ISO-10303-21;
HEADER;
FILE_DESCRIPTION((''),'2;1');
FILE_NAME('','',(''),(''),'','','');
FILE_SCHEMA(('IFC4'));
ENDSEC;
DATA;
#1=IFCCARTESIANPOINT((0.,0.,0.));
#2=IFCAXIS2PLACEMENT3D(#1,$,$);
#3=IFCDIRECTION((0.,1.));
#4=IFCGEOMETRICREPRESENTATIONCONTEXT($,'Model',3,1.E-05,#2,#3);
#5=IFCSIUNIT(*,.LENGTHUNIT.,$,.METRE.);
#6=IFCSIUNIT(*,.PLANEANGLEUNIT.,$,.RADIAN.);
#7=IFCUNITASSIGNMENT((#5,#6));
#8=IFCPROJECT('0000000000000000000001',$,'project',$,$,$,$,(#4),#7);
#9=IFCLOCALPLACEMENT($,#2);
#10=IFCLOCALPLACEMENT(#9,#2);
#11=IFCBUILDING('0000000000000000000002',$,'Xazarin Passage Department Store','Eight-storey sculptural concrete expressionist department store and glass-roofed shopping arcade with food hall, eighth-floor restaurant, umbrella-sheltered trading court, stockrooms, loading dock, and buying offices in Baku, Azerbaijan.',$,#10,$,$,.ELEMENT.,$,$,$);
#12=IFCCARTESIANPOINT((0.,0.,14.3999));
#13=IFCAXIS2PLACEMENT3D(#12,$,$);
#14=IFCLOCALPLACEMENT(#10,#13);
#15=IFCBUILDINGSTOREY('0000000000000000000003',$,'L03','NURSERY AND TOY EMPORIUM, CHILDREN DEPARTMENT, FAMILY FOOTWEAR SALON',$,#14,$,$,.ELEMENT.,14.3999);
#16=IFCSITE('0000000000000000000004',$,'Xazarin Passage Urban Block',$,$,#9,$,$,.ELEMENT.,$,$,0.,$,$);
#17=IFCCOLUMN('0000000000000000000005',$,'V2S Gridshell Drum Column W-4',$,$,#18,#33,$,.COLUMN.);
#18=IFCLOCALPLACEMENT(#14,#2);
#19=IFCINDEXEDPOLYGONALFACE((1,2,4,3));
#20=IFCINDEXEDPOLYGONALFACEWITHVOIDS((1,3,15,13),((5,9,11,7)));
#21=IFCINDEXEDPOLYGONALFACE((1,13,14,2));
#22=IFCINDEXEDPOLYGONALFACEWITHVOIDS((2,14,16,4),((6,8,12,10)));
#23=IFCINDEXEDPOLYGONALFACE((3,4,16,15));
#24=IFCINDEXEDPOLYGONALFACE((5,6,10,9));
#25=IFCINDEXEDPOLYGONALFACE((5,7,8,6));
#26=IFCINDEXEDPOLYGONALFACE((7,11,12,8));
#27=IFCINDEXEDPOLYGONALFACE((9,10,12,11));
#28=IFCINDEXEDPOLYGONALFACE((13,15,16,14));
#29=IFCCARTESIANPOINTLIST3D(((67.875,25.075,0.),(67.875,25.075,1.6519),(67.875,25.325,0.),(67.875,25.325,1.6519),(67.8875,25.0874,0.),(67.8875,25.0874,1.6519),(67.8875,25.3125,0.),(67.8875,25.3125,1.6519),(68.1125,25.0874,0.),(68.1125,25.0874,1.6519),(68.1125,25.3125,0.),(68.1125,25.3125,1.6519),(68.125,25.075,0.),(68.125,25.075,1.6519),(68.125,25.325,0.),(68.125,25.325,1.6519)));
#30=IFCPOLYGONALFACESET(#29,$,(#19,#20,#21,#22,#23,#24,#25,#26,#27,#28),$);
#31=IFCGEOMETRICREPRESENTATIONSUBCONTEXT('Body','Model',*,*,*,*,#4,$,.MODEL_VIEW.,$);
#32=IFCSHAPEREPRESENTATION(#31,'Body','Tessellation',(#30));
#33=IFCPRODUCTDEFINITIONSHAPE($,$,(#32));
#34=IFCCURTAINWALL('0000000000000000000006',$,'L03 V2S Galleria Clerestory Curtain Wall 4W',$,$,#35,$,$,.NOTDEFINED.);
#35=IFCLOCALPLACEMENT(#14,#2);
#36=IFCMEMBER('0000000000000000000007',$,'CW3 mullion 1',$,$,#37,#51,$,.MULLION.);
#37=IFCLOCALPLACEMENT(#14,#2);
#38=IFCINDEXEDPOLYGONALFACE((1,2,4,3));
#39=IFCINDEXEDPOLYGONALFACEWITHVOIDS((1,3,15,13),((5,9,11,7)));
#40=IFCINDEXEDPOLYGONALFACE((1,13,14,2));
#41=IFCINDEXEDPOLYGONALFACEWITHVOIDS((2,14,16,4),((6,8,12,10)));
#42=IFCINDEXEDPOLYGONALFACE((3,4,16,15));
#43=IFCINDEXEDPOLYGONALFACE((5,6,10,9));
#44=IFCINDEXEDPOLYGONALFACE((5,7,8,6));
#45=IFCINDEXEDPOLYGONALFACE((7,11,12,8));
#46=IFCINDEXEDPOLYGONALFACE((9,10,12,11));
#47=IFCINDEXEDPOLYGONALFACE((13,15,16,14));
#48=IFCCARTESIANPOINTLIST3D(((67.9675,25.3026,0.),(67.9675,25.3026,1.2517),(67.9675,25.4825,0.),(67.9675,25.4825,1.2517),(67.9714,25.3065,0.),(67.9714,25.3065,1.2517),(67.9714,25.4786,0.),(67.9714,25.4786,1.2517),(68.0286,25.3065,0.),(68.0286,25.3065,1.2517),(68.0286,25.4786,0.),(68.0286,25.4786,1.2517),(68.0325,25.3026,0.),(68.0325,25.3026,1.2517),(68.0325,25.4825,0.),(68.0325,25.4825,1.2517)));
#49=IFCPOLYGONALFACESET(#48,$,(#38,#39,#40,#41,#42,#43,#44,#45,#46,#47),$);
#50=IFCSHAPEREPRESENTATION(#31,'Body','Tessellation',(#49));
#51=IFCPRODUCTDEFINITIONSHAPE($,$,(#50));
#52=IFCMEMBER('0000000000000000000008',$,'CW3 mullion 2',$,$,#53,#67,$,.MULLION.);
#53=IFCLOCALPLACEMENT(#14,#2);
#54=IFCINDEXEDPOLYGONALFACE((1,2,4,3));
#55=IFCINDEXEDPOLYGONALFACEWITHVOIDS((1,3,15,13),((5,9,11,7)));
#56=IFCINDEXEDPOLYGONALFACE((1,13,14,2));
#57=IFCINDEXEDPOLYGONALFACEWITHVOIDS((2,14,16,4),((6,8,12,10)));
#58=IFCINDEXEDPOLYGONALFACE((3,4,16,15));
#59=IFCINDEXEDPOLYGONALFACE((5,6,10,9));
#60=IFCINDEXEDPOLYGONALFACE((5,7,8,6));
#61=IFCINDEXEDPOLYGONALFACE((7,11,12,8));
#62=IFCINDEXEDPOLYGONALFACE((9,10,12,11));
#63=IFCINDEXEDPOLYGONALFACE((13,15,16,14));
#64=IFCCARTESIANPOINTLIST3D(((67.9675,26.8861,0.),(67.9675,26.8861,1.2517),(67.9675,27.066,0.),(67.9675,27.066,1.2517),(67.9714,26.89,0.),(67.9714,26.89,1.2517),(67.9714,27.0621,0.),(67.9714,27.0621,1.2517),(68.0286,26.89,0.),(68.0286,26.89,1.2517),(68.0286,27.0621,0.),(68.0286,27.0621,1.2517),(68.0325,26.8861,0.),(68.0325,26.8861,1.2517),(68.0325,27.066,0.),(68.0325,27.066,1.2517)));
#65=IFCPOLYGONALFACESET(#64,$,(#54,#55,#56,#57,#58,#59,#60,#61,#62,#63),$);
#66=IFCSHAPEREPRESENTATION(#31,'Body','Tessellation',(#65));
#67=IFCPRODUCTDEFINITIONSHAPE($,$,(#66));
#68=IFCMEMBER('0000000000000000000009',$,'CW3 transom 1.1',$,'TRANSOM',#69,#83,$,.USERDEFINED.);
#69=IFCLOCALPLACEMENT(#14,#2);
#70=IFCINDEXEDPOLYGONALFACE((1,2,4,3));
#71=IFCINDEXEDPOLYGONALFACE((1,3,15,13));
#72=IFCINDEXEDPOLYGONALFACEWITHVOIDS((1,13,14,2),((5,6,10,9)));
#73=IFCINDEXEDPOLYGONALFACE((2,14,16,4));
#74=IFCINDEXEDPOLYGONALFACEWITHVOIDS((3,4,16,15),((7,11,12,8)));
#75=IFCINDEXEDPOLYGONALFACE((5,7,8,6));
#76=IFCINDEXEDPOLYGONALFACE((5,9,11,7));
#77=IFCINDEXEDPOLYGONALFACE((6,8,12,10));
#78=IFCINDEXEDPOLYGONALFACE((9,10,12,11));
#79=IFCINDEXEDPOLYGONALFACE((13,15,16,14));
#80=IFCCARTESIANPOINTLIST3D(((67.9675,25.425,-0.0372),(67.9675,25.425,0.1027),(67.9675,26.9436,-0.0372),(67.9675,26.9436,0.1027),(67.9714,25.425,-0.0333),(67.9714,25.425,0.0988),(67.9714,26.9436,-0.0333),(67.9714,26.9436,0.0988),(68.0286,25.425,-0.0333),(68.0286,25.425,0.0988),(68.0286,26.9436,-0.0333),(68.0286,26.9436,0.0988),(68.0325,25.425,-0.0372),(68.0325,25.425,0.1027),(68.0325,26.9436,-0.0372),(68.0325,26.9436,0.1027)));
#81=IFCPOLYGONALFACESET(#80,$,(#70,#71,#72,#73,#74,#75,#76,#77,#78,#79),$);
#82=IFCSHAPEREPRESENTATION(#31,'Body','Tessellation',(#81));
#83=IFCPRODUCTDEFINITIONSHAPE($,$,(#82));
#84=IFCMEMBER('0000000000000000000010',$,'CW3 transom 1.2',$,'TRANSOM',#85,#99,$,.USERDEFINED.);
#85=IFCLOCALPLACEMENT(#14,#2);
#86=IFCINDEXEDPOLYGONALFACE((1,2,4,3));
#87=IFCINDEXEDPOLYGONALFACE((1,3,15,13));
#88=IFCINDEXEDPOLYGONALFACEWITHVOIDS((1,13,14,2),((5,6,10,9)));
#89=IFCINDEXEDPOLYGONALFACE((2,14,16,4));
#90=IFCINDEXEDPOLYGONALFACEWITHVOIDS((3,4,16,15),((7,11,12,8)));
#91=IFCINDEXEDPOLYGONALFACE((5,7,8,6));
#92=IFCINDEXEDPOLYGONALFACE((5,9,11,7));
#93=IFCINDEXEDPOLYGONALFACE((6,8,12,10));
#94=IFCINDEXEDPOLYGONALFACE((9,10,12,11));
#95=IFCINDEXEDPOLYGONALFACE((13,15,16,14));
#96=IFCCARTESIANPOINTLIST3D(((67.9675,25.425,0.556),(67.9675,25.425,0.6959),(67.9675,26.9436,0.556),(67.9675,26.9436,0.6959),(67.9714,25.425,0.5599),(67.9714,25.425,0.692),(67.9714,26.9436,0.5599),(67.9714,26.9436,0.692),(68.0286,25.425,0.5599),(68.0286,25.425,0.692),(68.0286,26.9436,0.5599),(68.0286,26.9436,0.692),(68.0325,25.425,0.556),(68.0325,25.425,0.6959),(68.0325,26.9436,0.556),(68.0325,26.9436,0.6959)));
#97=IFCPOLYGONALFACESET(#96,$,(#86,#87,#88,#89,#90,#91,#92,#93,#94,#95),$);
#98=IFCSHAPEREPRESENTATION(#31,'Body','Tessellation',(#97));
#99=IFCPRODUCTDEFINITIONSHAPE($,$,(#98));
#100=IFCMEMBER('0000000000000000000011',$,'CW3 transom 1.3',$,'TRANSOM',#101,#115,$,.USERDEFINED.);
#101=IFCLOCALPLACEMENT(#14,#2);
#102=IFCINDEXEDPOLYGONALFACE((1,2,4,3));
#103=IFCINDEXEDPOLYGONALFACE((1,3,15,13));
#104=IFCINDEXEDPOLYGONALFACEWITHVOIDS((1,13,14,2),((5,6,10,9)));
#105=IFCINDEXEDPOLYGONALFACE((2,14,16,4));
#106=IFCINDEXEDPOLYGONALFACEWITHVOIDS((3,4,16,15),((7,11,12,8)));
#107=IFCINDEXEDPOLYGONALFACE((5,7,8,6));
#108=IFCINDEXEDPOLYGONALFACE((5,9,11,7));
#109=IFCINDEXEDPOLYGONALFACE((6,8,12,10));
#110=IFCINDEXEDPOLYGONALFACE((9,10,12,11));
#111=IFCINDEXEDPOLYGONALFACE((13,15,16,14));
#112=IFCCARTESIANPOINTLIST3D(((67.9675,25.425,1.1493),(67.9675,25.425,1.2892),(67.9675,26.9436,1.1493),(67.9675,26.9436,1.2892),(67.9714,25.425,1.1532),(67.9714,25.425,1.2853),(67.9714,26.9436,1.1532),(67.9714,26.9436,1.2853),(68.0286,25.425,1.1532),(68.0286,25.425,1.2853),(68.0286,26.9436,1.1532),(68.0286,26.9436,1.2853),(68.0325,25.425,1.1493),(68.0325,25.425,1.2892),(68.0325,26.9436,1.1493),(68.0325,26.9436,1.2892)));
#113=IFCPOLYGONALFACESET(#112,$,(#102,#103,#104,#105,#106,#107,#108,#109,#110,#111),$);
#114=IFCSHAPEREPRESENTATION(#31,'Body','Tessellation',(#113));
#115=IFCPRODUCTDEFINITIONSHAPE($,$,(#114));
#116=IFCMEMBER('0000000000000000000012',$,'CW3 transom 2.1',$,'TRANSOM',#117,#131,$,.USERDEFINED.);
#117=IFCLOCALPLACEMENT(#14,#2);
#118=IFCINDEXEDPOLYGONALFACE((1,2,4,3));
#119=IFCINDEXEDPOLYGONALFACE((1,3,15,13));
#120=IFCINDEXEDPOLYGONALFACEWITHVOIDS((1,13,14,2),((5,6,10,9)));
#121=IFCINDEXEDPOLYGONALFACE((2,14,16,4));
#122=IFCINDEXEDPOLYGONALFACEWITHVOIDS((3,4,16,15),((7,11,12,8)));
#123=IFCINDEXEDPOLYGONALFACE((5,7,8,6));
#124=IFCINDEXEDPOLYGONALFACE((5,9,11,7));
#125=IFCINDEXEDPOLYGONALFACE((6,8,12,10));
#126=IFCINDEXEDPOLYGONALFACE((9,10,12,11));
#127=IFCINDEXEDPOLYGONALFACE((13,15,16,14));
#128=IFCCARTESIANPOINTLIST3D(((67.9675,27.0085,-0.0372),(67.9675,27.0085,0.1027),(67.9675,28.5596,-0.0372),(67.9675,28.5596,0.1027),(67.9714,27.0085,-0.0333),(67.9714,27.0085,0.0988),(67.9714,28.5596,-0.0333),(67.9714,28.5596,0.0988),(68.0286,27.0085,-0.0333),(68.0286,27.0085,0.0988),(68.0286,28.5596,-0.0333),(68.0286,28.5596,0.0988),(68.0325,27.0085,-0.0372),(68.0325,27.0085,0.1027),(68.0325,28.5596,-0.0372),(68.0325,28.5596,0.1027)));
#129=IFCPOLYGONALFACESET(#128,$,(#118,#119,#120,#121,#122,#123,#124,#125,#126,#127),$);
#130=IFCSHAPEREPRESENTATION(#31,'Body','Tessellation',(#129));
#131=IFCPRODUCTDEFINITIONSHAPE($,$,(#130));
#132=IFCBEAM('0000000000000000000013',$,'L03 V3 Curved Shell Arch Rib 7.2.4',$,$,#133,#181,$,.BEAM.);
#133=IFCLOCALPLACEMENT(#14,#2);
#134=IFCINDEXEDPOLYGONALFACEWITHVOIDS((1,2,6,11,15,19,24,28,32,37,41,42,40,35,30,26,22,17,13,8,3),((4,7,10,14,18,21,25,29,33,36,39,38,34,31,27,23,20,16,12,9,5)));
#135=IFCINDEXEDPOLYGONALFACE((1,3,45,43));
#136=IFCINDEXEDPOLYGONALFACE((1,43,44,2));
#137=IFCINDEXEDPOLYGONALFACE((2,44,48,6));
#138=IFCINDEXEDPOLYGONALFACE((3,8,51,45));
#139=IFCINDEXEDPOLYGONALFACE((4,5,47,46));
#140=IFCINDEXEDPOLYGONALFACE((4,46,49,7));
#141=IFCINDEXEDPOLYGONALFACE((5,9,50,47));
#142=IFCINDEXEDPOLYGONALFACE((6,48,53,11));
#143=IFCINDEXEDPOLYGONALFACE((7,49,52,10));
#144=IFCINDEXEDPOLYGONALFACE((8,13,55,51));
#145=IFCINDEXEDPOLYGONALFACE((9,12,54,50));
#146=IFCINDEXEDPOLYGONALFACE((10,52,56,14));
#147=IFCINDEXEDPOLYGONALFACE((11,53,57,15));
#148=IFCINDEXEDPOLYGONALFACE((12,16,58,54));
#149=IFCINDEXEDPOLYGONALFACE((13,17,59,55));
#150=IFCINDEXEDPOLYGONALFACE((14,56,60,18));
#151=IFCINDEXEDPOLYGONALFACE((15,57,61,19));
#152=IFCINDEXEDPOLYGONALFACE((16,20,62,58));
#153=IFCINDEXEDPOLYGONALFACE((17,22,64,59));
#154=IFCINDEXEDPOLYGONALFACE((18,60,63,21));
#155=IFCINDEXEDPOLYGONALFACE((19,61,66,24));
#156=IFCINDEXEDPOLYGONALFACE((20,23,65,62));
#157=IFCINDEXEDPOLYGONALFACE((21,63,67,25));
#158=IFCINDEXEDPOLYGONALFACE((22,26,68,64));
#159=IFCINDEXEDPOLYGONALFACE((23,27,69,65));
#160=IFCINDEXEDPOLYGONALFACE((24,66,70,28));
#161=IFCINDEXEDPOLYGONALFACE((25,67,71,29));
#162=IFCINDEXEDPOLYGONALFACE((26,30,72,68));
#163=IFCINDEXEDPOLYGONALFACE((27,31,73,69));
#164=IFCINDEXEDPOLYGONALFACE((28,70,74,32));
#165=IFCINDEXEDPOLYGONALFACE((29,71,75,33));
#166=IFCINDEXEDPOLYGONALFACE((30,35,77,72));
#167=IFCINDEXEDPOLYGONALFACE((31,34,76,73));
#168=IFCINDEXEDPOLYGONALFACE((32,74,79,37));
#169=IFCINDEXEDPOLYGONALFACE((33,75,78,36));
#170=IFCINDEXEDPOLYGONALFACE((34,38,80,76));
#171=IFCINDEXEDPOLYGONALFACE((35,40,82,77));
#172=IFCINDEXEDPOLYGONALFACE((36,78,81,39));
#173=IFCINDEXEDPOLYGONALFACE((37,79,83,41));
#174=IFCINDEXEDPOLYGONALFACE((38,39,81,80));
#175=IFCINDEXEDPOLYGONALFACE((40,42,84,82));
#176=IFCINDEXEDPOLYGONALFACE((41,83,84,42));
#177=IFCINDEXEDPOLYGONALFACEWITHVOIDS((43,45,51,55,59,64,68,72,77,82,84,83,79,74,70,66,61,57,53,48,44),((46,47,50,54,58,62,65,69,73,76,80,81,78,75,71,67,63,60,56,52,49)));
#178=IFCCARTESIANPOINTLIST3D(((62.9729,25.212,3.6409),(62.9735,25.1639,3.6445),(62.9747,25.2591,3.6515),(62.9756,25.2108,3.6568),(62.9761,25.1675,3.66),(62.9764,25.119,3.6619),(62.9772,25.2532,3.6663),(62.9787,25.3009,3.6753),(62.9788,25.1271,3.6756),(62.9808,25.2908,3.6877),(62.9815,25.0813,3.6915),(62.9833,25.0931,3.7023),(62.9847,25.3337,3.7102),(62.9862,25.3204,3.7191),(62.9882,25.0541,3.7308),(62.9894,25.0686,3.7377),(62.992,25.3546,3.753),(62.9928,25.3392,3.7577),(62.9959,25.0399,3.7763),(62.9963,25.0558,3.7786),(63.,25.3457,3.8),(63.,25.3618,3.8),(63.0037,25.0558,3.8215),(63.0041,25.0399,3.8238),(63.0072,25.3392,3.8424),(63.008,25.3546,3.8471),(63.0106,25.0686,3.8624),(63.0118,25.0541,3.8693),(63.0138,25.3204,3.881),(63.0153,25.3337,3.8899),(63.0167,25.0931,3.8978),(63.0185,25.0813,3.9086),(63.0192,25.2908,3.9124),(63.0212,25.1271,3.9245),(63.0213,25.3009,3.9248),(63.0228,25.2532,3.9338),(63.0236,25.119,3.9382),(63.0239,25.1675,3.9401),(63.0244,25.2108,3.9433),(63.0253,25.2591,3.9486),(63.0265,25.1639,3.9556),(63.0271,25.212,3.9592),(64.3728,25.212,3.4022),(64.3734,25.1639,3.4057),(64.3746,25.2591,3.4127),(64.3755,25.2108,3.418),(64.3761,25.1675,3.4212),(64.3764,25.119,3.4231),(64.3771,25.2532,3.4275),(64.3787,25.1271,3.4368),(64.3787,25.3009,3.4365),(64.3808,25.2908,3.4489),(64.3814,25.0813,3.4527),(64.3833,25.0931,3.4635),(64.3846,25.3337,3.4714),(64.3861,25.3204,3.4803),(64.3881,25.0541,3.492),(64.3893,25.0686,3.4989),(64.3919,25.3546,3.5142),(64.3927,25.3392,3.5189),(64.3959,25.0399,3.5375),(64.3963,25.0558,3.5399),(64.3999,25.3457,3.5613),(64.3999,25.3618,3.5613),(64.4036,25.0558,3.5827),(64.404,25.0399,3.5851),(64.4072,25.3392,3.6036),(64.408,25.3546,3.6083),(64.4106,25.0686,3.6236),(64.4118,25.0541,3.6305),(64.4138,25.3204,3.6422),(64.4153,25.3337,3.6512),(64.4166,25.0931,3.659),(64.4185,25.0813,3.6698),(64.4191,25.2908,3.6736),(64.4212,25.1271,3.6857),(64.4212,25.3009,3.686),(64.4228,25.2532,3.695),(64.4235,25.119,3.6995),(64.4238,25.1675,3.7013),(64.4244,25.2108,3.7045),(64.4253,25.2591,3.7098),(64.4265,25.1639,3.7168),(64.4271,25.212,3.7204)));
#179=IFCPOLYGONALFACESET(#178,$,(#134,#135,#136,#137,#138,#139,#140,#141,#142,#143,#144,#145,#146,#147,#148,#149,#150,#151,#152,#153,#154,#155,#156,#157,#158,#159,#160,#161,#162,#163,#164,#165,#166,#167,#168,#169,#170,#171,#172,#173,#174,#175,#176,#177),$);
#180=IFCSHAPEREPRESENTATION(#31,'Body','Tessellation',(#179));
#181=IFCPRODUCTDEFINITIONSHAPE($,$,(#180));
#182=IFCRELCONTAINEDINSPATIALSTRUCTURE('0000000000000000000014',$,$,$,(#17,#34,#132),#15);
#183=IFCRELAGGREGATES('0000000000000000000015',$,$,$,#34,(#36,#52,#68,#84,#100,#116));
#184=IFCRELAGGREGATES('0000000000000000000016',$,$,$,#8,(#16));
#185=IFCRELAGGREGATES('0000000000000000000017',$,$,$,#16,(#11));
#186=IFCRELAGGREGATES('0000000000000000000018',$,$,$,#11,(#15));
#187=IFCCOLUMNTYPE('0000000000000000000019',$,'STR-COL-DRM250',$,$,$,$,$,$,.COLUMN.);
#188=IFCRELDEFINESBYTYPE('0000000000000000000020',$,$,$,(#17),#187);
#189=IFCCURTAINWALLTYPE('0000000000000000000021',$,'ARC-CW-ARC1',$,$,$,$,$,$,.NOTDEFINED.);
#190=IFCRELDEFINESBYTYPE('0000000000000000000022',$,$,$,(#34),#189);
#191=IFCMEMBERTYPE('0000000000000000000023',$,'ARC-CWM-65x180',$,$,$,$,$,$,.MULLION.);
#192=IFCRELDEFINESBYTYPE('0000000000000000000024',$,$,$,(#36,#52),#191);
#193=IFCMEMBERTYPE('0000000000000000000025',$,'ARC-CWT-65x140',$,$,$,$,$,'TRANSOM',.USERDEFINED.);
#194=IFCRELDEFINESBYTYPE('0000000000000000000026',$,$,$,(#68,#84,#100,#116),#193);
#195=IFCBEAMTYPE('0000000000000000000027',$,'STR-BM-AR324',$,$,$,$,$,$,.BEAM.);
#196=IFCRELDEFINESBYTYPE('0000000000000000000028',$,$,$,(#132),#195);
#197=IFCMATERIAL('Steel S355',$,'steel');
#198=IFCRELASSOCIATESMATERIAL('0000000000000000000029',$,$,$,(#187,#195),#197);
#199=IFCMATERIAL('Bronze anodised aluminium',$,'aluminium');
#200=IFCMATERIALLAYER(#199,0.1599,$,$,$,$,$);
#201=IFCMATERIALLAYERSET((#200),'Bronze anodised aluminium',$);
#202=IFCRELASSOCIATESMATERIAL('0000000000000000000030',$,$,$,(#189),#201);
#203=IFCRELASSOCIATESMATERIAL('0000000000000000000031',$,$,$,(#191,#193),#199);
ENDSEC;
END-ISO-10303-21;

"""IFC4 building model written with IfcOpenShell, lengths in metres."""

from ifc_helpers import new_model, si_unit, direction, frame, origin, origin_2d, place, context, subcontext, project, spatial, hollow_rectangle, hollow_circle, extrude, material, layer, layer_set, material_profile, profile_set, type_object, element, aggregate, save


model = new_model("IFC4")

# Units and contexts
model_context = context("Model", 3, precision=1e-05, world=origin(), true_north=direction((0.0, 1.0)))
body_context = subcontext(model_context, "Body", "Model", "MODEL_VIEW")
ifc_project = project(units=[si_unit("LENGTHUNIT", "METRE"), si_unit("PLANEANGLEUNIT", "RADIAN")], contexts=[model_context])

# Site, building, storey
site_placement = place(None, origin())
site = spatial("IfcSite", under=ifc_project, at=site_placement, Name="Xazarin Passage Urban Block", CompositionType="ELEMENT", RefElevation=0.0)
building_placement = place(site_placement, origin())
building = spatial("IfcBuilding", under=site, at=building_placement, Name="Xazarin Passage Department Store", Description="Eight-storey sculptural concrete expressionist department store and glass-roofed shopping arcade with food hall, eighth-floor restaurant, umbrella-sheltered trading court, stockrooms, loading dock, and buying offices in Baku, Azerbaijan.", CompositionType="ELEMENT")
storey_placement = place(building_placement, frame((0.0, 0.0, 14.3999)))
storey = spatial("IfcBuildingStorey", under=building, at=storey_placement, Name="L03", Description="NURSERY AND TOY EMPORIUM, CHILDREN DEPARTMENT, FAMILY FOOTWEAR SALON", CompositionType="ELEMENT", Elevation=14.3999)

# Column
ifc_material_1 = material(Name="Steel S355", Category="steel")
ifc_material_profile_1 = material_profile(ifc_material_1, hollow_rectangle(XDim=0.25, YDim=0.25, WallThickness=0.0125, at=origin_2d()), Name="SHS 250x250x12.5")
ifc_profile_set_1 = profile_set([ifc_material_profile_1], Name="Steel S355")
column_type = type_object("IfcColumnType", Name="STR-COL-DRM250", PredefinedType="COLUMN", material=ifc_profile_set_1)
column_placement = place(storey_placement, frame((68.0, 25.2, 0.0), z_axis=(0.0, 0.0, 1.0), x_axis=(1.0, 0.0, 0.0)))
element("IfcColumn", 1, at=column_placement, inside=storey, type_object=column_type, Name="V2S Gridshell Drum Column W-4", PredefinedType="COLUMN", context=body_context, shape_type="SweptSolid", body=[
    extrude(hollow_rectangle(XDim=0.25, YDim=0.25, WallThickness=0.0125, at=origin_2d()), origin(), (0.0, 0.0, 1.0), 1.6519),
])

# Curtain wall, members
ifc_material_2 = material(Name="Bronze anodised aluminium", Category="aluminium")
ifc_layer_1 = layer(ifc_material_2, 0.1599)
ifc_layer_set_1 = layer_set([ifc_layer_1], Name="Bronze anodised aluminium")
curtain_wall_type = type_object("IfcCurtainWallType", Name="ARC-CW-ARC1", PredefinedType="NOTDEFINED", material=ifc_layer_set_1)
curtain_wall_placement = place(storey_placement, origin())
curtain_wall = element("IfcCurtainWall", 2, at=curtain_wall_placement, inside=storey, type_object=curtain_wall_type, Name="L03 V2S Galleria Clerestory Curtain Wall 4W", PredefinedType="NOTDEFINED")
ifc_material_profile_2 = material_profile(ifc_material_2, hollow_rectangle(XDim=0.0649, YDim=0.1799, WallThickness=0.0039, at=origin_2d()), Name="ALU 65x180")
ifc_profile_set_2 = profile_set([ifc_material_profile_2], Name="Bronze anodised aluminium")
member_type_1 = type_object("IfcMemberType", Name="ARC-CWM-65x180", PredefinedType="MULLION", material=ifc_profile_set_2)
member_1_placement = place(storey_placement, frame((68.0, 25.3926, 0.0), z_axis=(0.0, 0.0, 1.0), x_axis=(-1.0, 0.0, 0.0)))
member_1 = element("IfcMember", 3, at=member_1_placement, type_object=member_type_1, Name="CW3 mullion 1", PredefinedType="MULLION", context=body_context, shape_type="SweptSolid", body=[
    extrude(hollow_rectangle(XDim=0.0649, YDim=0.1799, WallThickness=0.0039, at=origin_2d()), origin(), (0.0, 0.0, 1.0), 1.2517),
])
member_2_placement = place(storey_placement, frame((68.0, 26.9761, 0.0), z_axis=(0.0, 0.0, 1.0), x_axis=(-1.0, 0.0, 0.0)))
member_2 = element("IfcMember", 4, at=member_2_placement, type_object=member_type_1, Name="CW3 mullion 2", PredefinedType="MULLION", context=body_context, shape_type="SweptSolid", body=[
    extrude(hollow_rectangle(XDim=0.0649, YDim=0.1799, WallThickness=0.0039, at=origin_2d()), origin(), (0.0, 0.0, 1.0), 1.2517),
])
ifc_material_profile_3 = material_profile(ifc_material_2, hollow_rectangle(XDim=0.0649, YDim=0.1399, WallThickness=0.0039, at=origin_2d()), Name="ALU 65x140")
ifc_profile_set_3 = profile_set([ifc_material_profile_3], Name="Bronze anodised aluminium")
member_type_2 = type_object("IfcMemberType", Name="ARC-CWT-65x140", ElementType="TRANSOM", PredefinedType="USERDEFINED", material=ifc_profile_set_3)
member_3_placement = place(storey_placement, frame((68.0, 25.425, 0.0327), z_axis=(0.0, 1.0, 0.0), x_axis=(-1.0, 0.0, 0.0)))
member_3 = element("IfcMember", 5, at=member_3_placement, type_object=member_type_2, Name="CW3 transom 1.1", ObjectType="TRANSOM", PredefinedType="USERDEFINED", context=body_context, shape_type="SweptSolid", body=[
    extrude(hollow_rectangle(XDim=0.0649, YDim=0.1399, WallThickness=0.0039, at=origin_2d()), origin(), (0.0, 0.0, 1.0), 1.5186),
])
member_4_placement = place(storey_placement, frame((68.0, 25.425, 0.626), z_axis=(0.0, 1.0, 0.0), x_axis=(-1.0, 0.0, 0.0)))
member_4 = element("IfcMember", 6, at=member_4_placement, type_object=member_type_2, Name="CW3 transom 1.2", ObjectType="TRANSOM", PredefinedType="USERDEFINED", context=body_context, shape_type="SweptSolid", body=[
    extrude(hollow_rectangle(XDim=0.0649, YDim=0.1399, WallThickness=0.0039, at=origin_2d()), origin(), (0.0, 0.0, 1.0), 1.5186),
])
member_5_placement = place(storey_placement, frame((68.0, 25.425, 1.2192), z_axis=(0.0, 1.0, 0.0), x_axis=(-1.0, 0.0, 0.0)))
member_5 = element("IfcMember", 7, at=member_5_placement, type_object=member_type_2, Name="CW3 transom 1.3", ObjectType="TRANSOM", PredefinedType="USERDEFINED", context=body_context, shape_type="SweptSolid", body=[
    extrude(hollow_rectangle(XDim=0.0649, YDim=0.1399, WallThickness=0.0039, at=origin_2d()), origin(), (0.0, 0.0, 1.0), 1.5186),
])
member_6_placement = place(storey_placement, frame((68.0, 27.0085, 0.0327), z_axis=(0.0, 1.0, 0.0), x_axis=(-1.0, 0.0, 0.0)))
member_6 = element("IfcMember", 8, at=member_6_placement, type_object=member_type_2, Name="CW3 transom 2.1", ObjectType="TRANSOM", PredefinedType="USERDEFINED", context=body_context, shape_type="SweptSolid", body=[
    extrude(hollow_rectangle(XDim=0.0649, YDim=0.1399, WallThickness=0.0039, at=origin_2d()), origin(), (0.0, 0.0, 1.0), 1.551),
])

# Beam
ifc_material_profile_4 = material_profile(ifc_material_1, hollow_circle(Radius=0.1619, WallThickness=0.0161, at=origin_2d()), Name="CHS 323.9x16")
ifc_profile_set_4 = profile_set([ifc_material_profile_4], Name="Steel S355")
beam_type_1 = type_object("IfcBeamType", Name="STR-BM-AR324", PredefinedType="BEAM", material=ifc_profile_set_4)
beam_1_placement = place(storey_placement, frame((63.0, 25.2, 3.8), z_axis=(0.985764, 0.0, -0.168133), x_axis=(0.0, 1.0, 0.0)))
element("IfcBeam", 9, at=beam_1_placement, inside=storey, type_object=beam_type_1, Name="L03 V3 Curved Shell Arch Rib 7.2.4", PredefinedType="BEAM", context=body_context, shape_type="SweptSolid", body=[
    extrude(hollow_circle(Radius=0.1619, WallThickness=0.0161, at=origin_2d()), origin(), (0.0, 0.0, 1.0), 1.4202),
])

aggregate(curtain_wall, [member_1, member_2, member_3, member_4, member_5, member_6])

save(model, "model.ifc")
